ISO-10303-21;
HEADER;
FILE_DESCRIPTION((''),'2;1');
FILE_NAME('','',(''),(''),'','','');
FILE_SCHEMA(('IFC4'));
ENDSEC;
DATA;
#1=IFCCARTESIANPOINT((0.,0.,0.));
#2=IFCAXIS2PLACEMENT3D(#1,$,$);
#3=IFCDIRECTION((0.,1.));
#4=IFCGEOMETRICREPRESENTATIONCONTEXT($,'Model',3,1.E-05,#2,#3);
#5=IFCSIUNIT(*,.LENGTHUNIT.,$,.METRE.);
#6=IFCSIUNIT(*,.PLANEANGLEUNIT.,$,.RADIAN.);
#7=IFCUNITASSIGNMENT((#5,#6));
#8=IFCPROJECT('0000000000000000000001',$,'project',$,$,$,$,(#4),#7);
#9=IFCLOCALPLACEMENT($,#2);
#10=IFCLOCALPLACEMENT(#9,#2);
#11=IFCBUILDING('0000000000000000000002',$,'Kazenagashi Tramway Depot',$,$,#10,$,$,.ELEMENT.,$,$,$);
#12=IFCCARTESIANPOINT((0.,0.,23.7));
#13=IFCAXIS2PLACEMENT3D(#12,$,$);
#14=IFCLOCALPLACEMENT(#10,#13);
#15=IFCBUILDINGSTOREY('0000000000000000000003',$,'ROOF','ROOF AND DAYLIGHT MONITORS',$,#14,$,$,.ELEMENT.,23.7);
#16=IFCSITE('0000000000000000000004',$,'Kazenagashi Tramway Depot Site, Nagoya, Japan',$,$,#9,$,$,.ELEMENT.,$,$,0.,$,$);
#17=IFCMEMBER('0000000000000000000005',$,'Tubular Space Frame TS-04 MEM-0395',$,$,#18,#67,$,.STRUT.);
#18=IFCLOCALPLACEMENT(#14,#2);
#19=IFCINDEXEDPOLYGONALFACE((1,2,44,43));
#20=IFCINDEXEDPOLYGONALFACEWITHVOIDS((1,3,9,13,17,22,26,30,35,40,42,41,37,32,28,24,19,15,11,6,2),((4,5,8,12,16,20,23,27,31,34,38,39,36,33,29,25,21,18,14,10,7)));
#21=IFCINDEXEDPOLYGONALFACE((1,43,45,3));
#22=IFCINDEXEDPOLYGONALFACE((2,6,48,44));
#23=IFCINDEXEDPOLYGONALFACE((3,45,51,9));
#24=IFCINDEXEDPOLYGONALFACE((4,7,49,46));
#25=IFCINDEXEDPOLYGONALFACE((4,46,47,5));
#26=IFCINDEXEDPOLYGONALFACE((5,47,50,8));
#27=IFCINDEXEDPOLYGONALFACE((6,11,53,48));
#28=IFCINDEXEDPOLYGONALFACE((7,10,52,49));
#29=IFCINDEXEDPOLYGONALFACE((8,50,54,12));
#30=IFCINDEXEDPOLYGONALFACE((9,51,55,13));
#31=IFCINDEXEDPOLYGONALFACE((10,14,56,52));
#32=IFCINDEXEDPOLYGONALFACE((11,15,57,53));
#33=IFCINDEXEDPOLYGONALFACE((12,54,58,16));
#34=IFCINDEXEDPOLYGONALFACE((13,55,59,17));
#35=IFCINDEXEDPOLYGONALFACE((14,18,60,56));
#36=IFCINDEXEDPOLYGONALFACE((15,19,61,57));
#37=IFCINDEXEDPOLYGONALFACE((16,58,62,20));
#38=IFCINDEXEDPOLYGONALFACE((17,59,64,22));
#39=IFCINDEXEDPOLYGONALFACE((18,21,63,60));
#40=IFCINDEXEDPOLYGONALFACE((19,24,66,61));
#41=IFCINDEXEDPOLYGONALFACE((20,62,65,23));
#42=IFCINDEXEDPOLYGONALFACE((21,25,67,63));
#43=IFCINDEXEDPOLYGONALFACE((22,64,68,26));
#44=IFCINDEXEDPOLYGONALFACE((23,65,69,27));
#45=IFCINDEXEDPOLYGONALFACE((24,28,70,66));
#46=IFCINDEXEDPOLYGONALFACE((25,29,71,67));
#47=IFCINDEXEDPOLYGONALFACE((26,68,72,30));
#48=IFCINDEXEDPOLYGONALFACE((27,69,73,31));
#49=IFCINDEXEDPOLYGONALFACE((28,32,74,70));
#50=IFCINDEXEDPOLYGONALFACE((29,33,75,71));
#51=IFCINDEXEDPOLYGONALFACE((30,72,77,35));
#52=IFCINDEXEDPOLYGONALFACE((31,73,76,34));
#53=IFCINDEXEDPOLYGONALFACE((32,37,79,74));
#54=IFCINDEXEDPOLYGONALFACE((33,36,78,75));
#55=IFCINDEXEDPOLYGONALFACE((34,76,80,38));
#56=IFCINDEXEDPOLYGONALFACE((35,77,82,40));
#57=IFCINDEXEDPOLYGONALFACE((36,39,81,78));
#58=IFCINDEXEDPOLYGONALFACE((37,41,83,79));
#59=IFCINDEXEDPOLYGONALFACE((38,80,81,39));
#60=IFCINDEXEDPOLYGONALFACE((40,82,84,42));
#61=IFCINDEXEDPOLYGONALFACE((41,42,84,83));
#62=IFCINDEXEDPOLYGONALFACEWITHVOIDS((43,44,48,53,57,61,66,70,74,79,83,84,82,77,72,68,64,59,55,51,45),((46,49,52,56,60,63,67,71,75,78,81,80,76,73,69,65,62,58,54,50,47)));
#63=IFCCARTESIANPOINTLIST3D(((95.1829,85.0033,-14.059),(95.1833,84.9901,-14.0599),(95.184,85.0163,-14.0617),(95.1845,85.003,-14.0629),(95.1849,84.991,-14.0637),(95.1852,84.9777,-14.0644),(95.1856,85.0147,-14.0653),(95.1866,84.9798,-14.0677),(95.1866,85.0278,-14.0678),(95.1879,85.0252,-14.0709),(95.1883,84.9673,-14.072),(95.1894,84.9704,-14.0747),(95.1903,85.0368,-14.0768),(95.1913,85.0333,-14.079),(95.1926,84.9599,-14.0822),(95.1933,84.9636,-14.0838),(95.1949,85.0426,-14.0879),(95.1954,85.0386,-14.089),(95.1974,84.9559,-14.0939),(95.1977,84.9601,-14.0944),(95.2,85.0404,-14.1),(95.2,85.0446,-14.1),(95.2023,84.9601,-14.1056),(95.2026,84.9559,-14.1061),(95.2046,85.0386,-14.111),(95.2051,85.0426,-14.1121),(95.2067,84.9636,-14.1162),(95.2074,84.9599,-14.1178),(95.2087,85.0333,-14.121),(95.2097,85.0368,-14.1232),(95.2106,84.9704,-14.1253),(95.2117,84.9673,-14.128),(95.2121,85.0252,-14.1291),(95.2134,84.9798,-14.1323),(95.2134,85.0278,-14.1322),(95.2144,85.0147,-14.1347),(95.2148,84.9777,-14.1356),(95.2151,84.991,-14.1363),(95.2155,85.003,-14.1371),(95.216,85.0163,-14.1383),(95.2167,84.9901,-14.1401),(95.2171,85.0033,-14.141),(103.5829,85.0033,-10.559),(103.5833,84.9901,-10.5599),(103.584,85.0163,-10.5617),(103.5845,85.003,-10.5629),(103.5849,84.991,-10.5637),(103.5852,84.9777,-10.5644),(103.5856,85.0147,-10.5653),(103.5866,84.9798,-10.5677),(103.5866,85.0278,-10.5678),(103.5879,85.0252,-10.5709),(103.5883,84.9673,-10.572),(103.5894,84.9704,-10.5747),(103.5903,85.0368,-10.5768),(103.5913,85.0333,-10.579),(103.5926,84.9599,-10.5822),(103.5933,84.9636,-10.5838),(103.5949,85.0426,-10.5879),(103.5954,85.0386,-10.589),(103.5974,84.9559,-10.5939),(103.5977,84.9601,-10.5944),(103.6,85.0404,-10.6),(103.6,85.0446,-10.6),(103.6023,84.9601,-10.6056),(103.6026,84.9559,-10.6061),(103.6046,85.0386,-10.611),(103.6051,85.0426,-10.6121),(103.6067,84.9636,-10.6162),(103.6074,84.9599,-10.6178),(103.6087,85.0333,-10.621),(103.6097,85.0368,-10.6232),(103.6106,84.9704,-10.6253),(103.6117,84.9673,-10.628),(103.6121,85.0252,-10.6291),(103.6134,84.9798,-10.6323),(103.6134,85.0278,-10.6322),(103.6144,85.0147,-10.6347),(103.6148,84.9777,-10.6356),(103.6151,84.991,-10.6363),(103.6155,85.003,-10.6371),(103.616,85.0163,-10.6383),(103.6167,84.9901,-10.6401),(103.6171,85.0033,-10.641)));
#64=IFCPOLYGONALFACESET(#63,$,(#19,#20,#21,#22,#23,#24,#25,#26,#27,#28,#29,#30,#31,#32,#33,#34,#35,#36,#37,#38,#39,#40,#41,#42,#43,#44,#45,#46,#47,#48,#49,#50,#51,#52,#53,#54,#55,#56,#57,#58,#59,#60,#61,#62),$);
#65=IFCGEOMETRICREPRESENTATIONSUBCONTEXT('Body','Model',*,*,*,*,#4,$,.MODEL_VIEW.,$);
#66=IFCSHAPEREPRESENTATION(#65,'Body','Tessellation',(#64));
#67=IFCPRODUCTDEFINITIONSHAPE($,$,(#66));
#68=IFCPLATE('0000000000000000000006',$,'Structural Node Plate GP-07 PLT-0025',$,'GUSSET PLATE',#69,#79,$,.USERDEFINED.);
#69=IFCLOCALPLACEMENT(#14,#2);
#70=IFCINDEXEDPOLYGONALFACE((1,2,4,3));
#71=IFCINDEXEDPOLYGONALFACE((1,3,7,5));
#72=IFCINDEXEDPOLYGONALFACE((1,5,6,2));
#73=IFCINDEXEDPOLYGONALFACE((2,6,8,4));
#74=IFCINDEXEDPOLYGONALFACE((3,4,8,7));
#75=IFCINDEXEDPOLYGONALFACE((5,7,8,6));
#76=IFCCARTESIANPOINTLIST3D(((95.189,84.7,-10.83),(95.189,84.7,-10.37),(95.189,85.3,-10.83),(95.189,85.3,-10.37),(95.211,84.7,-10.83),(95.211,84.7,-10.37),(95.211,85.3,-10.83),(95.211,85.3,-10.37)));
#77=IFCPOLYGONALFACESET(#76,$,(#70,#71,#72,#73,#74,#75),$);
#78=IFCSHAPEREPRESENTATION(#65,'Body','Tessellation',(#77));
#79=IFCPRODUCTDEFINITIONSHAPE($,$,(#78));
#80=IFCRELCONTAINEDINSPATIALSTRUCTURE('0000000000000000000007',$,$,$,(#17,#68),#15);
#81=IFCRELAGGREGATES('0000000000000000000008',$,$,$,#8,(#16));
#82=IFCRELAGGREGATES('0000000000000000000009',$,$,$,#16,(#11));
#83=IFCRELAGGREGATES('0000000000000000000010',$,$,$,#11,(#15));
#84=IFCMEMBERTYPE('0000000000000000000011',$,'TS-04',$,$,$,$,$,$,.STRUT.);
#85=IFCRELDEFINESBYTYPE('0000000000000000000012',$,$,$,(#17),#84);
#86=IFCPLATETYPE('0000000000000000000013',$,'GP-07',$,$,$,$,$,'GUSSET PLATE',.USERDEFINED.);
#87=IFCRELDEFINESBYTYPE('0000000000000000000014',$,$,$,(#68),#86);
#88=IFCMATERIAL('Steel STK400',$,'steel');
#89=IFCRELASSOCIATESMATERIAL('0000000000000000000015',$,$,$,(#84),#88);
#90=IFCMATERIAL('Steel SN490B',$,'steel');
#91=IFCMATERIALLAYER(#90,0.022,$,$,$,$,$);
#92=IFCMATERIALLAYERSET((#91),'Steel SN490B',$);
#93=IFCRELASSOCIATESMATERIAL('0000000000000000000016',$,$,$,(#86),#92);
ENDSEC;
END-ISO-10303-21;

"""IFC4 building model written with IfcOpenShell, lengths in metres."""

from ifc_helpers import new_model, si_unit, direction, frame, origin, origin_2d, place, context, subcontext, project, spatial, rectangle, hollow_circle, extrude, material, layer, layer_set, material_profile, profile_set, type_object, element, save


model = new_model("IFC4")

# Units and contexts
model_context = context("Model", 3, precision=1e-05, world=origin(), true_north=direction((0.0, 1.0)))
body_context = subcontext(model_context, "Body", "Model", "MODEL_VIEW")
ifc_project = project(units=[si_unit("LENGTHUNIT", "METRE"), si_unit("PLANEANGLEUNIT", "RADIAN")], contexts=[model_context])

# Site, building, storey
site_placement = place(None, origin())
site = spatial("IfcSite", under=ifc_project, at=site_placement, Name="Kazenagashi Tramway Depot Site, Nagoya, Japan", CompositionType="ELEMENT", RefElevation=0.0)
building_placement = place(site_placement, origin())
building = spatial("IfcBuilding", under=site, at=building_placement, Name="Kazenagashi Tramway Depot", CompositionType="ELEMENT")
storey_placement = place(building_placement, frame((0.0, 0.0, 23.7)))
storey = spatial("IfcBuildingStorey", under=building, at=storey_placement, Name="ROOF", Description="ROOF AND DAYLIGHT MONITORS", CompositionType="ELEMENT", Elevation=23.7)

# Member
ifc_material_1 = material(Name="Steel STK400", Category="steel")
ifc_material_profile_1 = material_profile(ifc_material_1, hollow_circle(Radius=0.0445, WallThickness=0.0042, at=origin_2d()), Name="CHS-89.1x4.2")
ifc_profile_set_1 = profile_set([ifc_material_profile_1], Name="Steel STK400")
member_type_1 = type_object("IfcMemberType", Name="TS-04", PredefinedType="STRUT", material=ifc_profile_set_1)
member_1_placement = place(storey_placement, frame((95.2, 85.0, -14.1), z_axis=(0.923077, 0.0, 0.384615), x_axis=(0.0, 1.0, 0.0)))
element("IfcMember", 1, at=member_1_placement, inside=storey, type_object=member_type_1, Name="Tubular Space Frame TS-04 MEM-0395", PredefinedType="STRUT", context=body_context, shape_type="SweptSolid", body=[
    extrude(hollow_circle(Radius=0.0445, WallThickness=0.0042, at=origin_2d()), origin(), (0.0, 0.0, 1.0), 9.1),
])

# Plate
ifc_material_2 = material(Name="Steel SN490B", Category="steel")
ifc_layer = layer(ifc_material_2, 0.022)
ifc_layer_set = layer_set([ifc_layer], Name="Steel SN490B")
plate_type = type_object("IfcPlateType", Name="GP-07", ElementType="GUSSET PLATE", PredefinedType="USERDEFINED", material=ifc_layer_set)
plate_placement = place(storey_placement, frame((95.2, 85.0, -10.83), z_axis=(0.0, 0.0, 1.0), x_axis=(0.0, 1.0, 0.0)))
element("IfcPlate", 2, at=plate_placement, inside=storey, type_object=plate_type, Name="Structural Node Plate GP-07 PLT-0025", ObjectType="GUSSET PLATE", PredefinedType="USERDEFINED", context=body_context, shape_type="SweptSolid", body=[
    extrude(rectangle(XDim=0.6, YDim=0.022, at=origin_2d()), origin(), (0.0, 0.0, 1.0), 0.46),
])

save(model, "model.ifc")
